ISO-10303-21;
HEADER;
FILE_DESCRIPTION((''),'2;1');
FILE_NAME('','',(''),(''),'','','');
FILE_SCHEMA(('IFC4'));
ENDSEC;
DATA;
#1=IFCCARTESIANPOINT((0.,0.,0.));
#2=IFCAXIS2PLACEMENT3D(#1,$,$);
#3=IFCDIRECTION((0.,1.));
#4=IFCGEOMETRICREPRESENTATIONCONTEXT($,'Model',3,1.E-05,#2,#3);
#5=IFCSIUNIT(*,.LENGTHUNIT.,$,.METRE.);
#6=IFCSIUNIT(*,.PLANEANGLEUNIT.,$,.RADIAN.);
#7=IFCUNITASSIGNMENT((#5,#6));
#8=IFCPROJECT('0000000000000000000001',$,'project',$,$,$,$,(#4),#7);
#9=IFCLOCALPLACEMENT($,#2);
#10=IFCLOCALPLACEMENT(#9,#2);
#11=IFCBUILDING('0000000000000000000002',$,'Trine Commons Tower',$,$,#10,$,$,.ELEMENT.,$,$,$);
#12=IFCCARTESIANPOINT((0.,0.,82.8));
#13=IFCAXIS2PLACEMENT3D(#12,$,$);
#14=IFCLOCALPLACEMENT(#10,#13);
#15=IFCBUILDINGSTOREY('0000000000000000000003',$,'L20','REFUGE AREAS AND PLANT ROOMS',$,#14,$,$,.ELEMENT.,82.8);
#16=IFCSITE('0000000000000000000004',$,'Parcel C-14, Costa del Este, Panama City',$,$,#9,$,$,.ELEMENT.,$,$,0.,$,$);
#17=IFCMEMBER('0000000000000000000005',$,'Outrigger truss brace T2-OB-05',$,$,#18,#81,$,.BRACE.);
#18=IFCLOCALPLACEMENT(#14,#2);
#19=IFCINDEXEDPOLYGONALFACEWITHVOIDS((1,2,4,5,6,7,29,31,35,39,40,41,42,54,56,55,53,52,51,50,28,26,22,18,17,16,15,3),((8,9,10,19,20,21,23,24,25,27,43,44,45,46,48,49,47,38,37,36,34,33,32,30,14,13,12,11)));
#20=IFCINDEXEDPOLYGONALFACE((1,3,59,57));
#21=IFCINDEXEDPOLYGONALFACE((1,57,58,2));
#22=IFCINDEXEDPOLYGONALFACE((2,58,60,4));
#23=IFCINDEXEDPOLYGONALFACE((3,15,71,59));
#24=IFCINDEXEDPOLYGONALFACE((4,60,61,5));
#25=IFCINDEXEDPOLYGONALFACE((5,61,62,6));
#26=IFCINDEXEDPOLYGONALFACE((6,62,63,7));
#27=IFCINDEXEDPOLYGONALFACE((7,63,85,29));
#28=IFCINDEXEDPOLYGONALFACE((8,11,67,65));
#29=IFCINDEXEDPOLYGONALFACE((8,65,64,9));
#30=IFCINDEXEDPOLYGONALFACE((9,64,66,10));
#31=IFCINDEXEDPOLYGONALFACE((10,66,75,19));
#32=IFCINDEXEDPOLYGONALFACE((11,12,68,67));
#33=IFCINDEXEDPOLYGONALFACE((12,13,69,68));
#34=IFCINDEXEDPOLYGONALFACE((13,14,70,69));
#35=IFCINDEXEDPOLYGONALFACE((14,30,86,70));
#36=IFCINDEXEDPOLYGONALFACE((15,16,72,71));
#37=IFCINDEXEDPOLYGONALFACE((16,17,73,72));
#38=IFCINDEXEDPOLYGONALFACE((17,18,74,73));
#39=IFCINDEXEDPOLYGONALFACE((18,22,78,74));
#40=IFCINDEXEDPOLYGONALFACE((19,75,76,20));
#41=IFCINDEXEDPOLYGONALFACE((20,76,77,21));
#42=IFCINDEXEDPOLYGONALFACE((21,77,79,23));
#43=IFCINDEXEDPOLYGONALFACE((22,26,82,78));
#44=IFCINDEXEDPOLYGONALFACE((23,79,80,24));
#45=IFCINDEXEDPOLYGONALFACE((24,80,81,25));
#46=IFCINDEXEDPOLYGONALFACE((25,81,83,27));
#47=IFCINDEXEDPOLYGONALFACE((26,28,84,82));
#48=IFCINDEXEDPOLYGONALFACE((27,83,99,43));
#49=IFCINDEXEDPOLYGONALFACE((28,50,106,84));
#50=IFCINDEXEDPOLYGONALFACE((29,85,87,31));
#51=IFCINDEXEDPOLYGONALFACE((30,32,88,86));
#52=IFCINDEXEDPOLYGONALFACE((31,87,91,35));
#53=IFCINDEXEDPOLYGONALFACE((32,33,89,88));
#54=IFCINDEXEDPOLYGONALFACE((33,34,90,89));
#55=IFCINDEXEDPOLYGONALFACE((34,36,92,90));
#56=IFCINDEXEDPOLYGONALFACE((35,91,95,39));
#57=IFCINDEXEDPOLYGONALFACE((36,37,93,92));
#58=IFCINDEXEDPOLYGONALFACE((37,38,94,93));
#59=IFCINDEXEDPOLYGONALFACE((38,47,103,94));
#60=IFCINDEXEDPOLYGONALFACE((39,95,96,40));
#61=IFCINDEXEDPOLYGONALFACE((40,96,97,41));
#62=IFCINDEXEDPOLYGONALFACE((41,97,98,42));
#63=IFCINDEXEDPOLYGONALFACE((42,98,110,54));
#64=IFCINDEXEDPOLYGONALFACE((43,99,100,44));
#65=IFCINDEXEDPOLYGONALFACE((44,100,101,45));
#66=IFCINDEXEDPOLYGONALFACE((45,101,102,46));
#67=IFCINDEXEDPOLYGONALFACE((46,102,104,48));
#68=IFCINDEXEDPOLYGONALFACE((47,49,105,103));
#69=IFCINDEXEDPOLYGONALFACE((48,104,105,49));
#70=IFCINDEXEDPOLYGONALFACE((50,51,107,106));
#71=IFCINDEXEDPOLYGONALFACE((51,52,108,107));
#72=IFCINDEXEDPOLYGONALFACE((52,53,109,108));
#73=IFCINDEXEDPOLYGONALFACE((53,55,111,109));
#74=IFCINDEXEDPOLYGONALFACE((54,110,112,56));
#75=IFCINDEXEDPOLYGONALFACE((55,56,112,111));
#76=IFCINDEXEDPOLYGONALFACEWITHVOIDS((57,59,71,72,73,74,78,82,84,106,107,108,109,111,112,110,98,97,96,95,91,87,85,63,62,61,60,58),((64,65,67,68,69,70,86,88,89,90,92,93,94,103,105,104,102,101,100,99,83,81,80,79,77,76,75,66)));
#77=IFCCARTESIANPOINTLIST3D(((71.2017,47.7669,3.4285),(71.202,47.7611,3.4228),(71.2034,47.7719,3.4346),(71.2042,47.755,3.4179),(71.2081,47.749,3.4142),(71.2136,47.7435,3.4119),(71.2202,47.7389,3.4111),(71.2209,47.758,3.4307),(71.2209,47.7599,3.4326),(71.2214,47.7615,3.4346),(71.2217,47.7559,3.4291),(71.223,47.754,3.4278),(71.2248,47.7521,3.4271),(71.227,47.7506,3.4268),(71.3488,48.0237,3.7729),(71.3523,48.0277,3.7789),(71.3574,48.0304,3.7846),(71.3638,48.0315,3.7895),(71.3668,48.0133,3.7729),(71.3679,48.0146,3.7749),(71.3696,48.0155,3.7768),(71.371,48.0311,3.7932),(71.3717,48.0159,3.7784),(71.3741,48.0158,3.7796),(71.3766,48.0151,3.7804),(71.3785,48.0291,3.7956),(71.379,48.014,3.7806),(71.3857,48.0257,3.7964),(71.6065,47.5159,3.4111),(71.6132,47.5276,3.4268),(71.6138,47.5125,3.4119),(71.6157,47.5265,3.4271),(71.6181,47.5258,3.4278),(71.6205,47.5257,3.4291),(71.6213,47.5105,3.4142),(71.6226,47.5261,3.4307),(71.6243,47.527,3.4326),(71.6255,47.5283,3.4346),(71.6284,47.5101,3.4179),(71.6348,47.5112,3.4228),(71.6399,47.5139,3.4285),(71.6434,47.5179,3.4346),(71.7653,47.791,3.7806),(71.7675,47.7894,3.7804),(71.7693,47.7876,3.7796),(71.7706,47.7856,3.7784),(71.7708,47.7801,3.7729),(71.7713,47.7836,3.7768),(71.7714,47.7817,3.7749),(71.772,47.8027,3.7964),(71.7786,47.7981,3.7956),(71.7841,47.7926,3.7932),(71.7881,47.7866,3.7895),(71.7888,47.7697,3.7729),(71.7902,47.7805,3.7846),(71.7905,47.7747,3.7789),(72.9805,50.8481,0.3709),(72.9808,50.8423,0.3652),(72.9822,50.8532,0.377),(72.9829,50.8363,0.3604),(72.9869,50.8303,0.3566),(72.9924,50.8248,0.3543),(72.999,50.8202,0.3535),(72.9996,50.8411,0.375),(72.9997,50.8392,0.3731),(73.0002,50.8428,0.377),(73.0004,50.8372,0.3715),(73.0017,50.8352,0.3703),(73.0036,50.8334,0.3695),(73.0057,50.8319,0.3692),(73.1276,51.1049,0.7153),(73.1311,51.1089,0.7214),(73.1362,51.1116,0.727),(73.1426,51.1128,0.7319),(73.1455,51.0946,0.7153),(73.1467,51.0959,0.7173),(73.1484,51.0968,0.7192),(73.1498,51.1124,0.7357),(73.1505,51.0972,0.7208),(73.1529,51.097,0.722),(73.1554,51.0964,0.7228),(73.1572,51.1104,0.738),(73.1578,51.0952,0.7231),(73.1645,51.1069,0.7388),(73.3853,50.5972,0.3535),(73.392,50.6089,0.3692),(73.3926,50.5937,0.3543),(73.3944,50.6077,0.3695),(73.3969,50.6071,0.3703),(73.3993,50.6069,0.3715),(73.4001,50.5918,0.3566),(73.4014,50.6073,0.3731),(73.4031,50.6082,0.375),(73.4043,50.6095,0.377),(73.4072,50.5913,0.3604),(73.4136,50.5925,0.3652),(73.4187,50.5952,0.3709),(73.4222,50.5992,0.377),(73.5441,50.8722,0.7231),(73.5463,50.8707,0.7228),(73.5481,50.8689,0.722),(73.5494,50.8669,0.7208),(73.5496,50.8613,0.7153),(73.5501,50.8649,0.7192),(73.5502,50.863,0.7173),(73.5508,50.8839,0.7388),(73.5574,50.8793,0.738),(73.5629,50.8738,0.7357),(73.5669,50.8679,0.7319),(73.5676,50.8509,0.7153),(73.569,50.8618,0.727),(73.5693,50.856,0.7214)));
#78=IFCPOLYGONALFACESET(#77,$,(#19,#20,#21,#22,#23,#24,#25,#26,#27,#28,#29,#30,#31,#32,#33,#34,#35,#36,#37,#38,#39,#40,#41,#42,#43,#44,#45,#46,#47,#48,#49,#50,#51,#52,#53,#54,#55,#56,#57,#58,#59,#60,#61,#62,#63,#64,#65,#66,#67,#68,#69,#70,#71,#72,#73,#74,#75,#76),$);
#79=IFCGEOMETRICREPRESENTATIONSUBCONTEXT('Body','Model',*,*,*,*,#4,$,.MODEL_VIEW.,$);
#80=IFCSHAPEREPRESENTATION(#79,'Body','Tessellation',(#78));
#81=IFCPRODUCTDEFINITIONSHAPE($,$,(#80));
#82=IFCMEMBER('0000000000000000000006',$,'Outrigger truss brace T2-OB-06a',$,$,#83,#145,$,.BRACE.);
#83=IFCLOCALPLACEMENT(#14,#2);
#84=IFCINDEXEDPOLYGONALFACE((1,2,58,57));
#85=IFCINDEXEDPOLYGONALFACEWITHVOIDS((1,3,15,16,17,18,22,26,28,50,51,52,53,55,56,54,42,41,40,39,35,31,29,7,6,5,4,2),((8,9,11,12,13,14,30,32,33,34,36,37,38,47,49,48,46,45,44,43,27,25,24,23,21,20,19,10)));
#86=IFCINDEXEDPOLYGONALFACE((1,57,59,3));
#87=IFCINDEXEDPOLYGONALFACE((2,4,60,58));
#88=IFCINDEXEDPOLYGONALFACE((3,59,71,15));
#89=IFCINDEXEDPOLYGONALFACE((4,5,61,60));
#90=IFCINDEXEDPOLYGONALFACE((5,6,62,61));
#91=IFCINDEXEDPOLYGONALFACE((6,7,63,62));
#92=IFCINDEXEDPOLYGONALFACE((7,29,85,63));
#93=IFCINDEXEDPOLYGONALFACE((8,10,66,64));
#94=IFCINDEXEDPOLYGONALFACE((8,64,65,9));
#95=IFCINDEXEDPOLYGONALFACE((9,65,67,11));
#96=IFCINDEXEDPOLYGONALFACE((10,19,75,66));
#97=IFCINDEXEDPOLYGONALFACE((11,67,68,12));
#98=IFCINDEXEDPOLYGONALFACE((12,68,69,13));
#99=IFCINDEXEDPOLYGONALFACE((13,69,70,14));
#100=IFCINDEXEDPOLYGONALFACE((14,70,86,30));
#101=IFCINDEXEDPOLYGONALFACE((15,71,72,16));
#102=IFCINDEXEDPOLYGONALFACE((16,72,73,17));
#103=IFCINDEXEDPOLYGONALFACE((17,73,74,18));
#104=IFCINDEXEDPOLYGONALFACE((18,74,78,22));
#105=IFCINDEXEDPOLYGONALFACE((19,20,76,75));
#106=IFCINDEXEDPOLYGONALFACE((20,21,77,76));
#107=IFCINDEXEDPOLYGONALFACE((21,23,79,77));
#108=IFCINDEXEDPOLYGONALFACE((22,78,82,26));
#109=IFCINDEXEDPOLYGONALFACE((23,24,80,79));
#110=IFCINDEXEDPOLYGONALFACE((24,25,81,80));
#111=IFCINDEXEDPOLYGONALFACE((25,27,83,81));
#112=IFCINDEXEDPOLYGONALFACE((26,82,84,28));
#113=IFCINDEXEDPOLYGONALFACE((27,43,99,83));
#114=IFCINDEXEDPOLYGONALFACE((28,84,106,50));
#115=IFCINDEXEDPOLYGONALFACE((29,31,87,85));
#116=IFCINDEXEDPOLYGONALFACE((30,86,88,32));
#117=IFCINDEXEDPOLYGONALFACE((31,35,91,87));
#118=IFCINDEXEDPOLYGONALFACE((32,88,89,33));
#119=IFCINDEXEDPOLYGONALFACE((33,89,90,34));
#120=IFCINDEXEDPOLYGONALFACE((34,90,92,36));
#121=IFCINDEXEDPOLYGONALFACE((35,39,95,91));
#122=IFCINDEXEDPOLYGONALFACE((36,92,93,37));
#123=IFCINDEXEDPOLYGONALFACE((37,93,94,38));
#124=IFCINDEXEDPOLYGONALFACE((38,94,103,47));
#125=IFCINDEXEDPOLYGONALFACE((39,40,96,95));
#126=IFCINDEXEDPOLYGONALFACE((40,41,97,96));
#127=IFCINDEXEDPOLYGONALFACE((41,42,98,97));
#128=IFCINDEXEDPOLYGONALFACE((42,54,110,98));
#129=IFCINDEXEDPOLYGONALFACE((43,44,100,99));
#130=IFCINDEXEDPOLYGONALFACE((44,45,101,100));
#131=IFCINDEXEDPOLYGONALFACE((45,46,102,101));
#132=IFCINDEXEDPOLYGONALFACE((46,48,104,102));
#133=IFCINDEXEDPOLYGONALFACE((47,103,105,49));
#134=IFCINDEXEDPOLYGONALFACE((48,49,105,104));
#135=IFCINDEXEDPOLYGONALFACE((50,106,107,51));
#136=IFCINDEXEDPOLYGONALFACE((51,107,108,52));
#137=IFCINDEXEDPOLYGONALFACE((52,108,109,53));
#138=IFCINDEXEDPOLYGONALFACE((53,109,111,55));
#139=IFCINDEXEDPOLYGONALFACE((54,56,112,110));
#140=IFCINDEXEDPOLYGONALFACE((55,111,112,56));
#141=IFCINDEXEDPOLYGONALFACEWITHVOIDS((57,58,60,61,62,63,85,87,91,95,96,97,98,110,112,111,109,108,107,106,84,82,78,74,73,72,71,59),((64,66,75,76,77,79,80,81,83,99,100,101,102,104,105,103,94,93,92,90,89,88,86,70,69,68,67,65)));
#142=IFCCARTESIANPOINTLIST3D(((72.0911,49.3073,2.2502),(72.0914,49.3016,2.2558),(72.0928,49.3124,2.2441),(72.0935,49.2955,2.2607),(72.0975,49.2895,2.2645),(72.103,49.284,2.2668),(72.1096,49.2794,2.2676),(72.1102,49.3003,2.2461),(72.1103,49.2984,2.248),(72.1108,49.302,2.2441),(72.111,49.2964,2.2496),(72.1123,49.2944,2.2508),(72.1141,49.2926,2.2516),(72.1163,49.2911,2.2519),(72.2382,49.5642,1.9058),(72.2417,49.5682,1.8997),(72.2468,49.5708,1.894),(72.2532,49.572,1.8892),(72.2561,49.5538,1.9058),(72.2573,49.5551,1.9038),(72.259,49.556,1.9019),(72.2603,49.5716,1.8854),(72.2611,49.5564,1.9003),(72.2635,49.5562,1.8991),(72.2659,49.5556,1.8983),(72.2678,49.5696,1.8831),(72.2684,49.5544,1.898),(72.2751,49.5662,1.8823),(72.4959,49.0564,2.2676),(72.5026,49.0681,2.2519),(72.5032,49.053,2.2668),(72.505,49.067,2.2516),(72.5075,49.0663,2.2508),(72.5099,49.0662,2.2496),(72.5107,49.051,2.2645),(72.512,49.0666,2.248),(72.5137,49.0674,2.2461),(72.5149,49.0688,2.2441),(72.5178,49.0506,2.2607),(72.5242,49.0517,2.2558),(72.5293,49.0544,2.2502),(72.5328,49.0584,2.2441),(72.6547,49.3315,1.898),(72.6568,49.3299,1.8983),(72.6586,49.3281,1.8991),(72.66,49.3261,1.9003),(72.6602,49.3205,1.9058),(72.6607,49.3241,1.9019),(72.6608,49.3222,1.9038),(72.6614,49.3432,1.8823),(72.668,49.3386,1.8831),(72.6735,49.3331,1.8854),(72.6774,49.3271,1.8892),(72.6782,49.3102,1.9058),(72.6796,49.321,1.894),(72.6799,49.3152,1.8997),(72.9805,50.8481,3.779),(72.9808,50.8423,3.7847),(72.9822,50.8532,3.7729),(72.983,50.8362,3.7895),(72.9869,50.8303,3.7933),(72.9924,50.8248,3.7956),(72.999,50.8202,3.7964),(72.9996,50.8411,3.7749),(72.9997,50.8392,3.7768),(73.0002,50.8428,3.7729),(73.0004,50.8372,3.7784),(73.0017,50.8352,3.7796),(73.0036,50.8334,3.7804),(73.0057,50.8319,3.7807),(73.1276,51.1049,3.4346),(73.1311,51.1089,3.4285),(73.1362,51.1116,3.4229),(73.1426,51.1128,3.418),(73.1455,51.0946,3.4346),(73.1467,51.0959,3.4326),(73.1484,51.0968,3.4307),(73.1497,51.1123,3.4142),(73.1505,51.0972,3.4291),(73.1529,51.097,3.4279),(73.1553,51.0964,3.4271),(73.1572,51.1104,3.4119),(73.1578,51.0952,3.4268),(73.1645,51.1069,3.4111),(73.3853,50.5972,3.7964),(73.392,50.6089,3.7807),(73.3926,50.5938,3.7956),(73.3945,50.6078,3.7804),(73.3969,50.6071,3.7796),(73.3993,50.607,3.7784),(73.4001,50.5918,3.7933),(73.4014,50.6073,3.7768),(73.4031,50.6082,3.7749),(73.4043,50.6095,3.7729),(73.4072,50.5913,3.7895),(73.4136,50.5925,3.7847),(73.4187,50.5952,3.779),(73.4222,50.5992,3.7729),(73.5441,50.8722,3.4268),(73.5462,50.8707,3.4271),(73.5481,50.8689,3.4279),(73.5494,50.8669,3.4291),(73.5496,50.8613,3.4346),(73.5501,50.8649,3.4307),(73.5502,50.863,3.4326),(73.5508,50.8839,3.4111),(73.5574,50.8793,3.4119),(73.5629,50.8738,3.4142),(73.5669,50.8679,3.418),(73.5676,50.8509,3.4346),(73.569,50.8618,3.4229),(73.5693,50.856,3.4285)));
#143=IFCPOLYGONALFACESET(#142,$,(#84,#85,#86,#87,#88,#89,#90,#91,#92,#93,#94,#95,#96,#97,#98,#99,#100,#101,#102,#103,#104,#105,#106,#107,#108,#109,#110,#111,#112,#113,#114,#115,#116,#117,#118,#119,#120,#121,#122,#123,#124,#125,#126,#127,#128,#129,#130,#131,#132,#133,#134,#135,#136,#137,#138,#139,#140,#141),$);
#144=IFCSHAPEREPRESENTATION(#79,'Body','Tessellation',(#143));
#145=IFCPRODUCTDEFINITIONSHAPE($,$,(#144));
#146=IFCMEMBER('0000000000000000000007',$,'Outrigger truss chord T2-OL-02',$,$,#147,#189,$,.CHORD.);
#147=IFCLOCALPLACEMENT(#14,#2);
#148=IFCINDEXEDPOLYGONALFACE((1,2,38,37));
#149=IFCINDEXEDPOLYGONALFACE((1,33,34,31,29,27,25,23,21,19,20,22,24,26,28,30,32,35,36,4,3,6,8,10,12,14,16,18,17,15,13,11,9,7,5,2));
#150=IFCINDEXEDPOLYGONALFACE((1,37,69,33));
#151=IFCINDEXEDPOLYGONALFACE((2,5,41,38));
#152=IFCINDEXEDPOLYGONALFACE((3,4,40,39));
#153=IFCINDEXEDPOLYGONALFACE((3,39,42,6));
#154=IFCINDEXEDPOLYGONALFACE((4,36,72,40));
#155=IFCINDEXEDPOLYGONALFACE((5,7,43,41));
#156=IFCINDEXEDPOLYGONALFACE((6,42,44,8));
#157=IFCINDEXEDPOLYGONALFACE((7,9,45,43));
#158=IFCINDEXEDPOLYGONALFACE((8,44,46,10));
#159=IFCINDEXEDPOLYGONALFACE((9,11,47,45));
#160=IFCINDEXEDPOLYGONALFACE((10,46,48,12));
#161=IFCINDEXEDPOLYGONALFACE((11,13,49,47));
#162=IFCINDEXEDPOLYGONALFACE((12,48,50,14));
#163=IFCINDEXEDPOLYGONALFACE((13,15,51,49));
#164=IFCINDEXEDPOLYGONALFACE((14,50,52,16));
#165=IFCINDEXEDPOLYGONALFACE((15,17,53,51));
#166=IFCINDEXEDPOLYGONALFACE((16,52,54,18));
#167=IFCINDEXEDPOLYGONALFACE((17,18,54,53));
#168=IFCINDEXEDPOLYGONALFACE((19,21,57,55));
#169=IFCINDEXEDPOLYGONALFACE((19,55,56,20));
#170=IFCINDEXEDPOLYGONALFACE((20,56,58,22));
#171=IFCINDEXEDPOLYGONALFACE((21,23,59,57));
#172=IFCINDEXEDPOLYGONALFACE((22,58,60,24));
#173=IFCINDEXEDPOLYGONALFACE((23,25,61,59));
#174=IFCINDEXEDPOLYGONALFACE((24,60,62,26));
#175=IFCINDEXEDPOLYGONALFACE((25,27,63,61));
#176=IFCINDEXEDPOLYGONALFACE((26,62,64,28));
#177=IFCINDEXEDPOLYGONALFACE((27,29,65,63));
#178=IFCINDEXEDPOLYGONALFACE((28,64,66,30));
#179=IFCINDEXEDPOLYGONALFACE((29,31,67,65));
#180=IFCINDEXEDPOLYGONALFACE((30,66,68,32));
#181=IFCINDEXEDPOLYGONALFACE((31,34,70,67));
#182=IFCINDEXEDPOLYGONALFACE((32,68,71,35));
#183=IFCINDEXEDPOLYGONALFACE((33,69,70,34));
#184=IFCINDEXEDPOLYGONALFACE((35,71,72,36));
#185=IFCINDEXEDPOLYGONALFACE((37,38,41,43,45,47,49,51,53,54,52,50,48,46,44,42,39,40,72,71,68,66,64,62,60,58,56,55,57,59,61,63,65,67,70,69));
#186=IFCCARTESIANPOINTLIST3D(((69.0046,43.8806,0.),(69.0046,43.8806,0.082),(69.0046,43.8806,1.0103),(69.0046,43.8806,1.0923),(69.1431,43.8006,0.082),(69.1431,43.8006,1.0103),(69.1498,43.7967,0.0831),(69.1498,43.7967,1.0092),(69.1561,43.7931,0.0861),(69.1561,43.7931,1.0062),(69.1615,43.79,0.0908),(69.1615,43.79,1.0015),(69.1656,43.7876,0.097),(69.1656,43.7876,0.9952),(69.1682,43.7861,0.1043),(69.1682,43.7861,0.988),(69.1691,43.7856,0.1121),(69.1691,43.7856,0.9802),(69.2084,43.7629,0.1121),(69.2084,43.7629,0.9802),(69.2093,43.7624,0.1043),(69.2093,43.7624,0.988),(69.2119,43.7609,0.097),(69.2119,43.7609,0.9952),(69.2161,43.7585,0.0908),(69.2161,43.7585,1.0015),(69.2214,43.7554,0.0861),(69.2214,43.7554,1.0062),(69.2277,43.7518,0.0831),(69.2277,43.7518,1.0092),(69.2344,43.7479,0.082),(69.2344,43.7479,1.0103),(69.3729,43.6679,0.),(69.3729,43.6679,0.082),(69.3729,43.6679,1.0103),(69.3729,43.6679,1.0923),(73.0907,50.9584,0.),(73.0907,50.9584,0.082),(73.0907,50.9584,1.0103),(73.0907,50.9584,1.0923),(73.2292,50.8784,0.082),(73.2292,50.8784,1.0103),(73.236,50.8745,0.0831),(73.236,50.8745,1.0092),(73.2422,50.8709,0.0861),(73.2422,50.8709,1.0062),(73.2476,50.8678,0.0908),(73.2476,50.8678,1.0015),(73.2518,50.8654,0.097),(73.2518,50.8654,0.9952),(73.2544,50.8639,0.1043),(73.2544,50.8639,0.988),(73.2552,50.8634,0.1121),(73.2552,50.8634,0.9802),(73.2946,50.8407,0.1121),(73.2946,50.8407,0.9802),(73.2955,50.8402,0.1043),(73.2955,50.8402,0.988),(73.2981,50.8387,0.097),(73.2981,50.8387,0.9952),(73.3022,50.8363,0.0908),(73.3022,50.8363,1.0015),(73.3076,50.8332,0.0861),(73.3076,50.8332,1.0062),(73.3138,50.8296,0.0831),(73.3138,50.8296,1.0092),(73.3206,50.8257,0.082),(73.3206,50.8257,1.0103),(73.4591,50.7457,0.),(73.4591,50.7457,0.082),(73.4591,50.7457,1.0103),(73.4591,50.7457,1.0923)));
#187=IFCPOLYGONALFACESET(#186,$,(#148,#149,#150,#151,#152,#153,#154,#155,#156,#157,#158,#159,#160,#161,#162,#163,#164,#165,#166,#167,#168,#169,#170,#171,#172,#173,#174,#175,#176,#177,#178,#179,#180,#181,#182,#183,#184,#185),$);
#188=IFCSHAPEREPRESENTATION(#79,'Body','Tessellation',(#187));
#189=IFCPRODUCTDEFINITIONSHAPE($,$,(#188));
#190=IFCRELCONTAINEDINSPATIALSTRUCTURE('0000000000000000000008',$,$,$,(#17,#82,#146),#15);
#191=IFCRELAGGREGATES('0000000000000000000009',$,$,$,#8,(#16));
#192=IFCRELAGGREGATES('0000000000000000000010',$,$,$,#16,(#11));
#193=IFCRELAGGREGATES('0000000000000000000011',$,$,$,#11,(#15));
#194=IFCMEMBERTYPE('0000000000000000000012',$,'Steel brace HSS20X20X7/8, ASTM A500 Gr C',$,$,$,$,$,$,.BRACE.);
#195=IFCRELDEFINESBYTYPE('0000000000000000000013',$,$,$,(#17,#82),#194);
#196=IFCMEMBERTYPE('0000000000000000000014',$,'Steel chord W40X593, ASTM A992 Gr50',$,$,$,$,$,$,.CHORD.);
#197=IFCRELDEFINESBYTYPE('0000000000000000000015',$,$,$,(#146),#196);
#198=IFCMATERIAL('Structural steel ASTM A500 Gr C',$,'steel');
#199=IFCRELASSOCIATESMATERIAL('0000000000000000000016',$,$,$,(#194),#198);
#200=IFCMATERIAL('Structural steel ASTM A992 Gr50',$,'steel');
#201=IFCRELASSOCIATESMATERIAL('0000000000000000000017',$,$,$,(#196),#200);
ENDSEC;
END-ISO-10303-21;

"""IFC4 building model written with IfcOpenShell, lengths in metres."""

from ifc_helpers import new_model, si_unit, direction, frame, origin, origin_2d, place, context, subcontext, project, spatial, hollow_rectangle, i_section, extrude, material, material_profile, profile_set, type_object, element, save


model = new_model("IFC4")

# Units and contexts
model_context = context("Model", 3, precision=1e-05, world=origin(), true_north=direction((0.0, 1.0)))
body_context = subcontext(model_context, "Body", "Model", "MODEL_VIEW")
ifc_project = project(units=[si_unit("LENGTHUNIT", "METRE"), si_unit("PLANEANGLEUNIT", "RADIAN")], contexts=[model_context])

# Site, building, storey
site_placement = place(None, origin())
site = spatial("IfcSite", under=ifc_project, at=site_placement, Name="Parcel C-14, Costa del Este, Panama City", CompositionType="ELEMENT", RefElevation=0.0)
building_placement = place(site_placement, origin())
building = spatial("IfcBuilding", under=site, at=building_placement, Name="Trine Commons Tower", CompositionType="ELEMENT")
storey_placement = place(building_placement, frame((0.0, 0.0, 82.8)))
storey = spatial("IfcBuildingStorey", under=building, at=storey_placement, Name="L20", Description="REFUGE AREAS AND PLANT ROOMS", CompositionType="ELEMENT", Elevation=82.8)

# Members
ifc_material_1 = material(Name="Structural steel ASTM A500 Gr C", Category="steel")
ifc_material_profile_1 = material_profile(ifc_material_1, hollow_rectangle(XDim=0.5081, YDim=0.5081, WallThickness=0.0208, InnerFilletRadius=0.0103, OuterFilletRadius=0.031, at=origin_2d()), Name="HSS20X20X7/8")
ifc_profile_set_1 = profile_set([ifc_material_profile_1], Name="Structural steel ASTM A500 Gr C")
member_type_1 = type_object("IfcMemberType", Name="Steel brace HSS20X20X7/8, ASTM A500 Gr C", PredefinedType="BRACE", material=ifc_profile_set_1)
member_1_placement = place(storey_placement, frame((73.2749, 50.8521, 0.5461), z_axis=(-0.379178, -0.656822, 0.651774), x_axis=(0.866047, -0.499962, 0.0)))
element("IfcMember", 1, at=member_1_placement, inside=storey, type_object=member_type_1, Name="Outrigger truss brace T2-OB-05", PredefinedType="BRACE", context=body_context, shape_type="SweptSolid", body=[
    extrude(hollow_rectangle(XDim=0.5081, YDim=0.5081, WallThickness=0.0208, InnerFilletRadius=0.0103, OuterFilletRadius=0.031, at=origin_2d()), origin(), (0.0, 0.0, 1.0), 4.6912),
])
member_2_placement = place(storey_placement, frame((73.2749, 50.8521, 3.6038), z_axis=(-0.379165, -0.656851, -0.651752), x_axis=(0.866064, -0.499932, 0.0)))
element("IfcMember", 2, at=member_2_placement, inside=storey, type_object=member_type_1, Name="Outrigger truss brace T2-OB-06a", PredefinedType="BRACE", context=body_context, shape_type="SweptSolid", body=[
    extrude(hollow_rectangle(XDim=0.5081, YDim=0.5081, WallThickness=0.0208, InnerFilletRadius=0.0103, OuterFilletRadius=0.031, at=origin_2d()), origin(), (0.0, 0.0, 1.0), 2.3457),
])
ifc_material_2 = material(Name="Structural steel ASTM A992 Gr50", Category="steel")
ifc_material_profile_2 = material_profile(ifc_material_2, i_section(OverallWidth=0.4253, OverallDepth=1.0923, WebThickness=0.0454, FlangeThickness=0.082, FilletRadius=0.03, at=origin_2d()), Name="W40X593")
ifc_profile_set_2 = profile_set([ifc_material_profile_2], Name="Structural steel ASTM A992 Gr50")
member_type_2 = type_object("IfcMemberType", Name="Steel chord W40X593, ASTM A992 Gr50", PredefinedType="CHORD", material=ifc_profile_set_2)
member_3_placement = place(storey_placement, frame((73.2749, 50.8521, 0.5461), z_axis=(-0.499978, -0.866038, 0.0), x_axis=(0.866038, -0.499978, 0.0)))
element("IfcMember", 3, at=member_3_placement, inside=storey, type_object=member_type_2, Name="Outrigger truss chord T2-OL-02", PredefinedType="CHORD", context=body_context, shape_type="SweptSolid", body=[
    extrude(i_section(OverallWidth=0.4253, OverallDepth=1.0923, WebThickness=0.0454, FlangeThickness=0.082, FilletRadius=0.03, at=origin_2d()), origin(), (0.0, 0.0, 1.0), 8.1726),
])

save(model, "model.ifc")
